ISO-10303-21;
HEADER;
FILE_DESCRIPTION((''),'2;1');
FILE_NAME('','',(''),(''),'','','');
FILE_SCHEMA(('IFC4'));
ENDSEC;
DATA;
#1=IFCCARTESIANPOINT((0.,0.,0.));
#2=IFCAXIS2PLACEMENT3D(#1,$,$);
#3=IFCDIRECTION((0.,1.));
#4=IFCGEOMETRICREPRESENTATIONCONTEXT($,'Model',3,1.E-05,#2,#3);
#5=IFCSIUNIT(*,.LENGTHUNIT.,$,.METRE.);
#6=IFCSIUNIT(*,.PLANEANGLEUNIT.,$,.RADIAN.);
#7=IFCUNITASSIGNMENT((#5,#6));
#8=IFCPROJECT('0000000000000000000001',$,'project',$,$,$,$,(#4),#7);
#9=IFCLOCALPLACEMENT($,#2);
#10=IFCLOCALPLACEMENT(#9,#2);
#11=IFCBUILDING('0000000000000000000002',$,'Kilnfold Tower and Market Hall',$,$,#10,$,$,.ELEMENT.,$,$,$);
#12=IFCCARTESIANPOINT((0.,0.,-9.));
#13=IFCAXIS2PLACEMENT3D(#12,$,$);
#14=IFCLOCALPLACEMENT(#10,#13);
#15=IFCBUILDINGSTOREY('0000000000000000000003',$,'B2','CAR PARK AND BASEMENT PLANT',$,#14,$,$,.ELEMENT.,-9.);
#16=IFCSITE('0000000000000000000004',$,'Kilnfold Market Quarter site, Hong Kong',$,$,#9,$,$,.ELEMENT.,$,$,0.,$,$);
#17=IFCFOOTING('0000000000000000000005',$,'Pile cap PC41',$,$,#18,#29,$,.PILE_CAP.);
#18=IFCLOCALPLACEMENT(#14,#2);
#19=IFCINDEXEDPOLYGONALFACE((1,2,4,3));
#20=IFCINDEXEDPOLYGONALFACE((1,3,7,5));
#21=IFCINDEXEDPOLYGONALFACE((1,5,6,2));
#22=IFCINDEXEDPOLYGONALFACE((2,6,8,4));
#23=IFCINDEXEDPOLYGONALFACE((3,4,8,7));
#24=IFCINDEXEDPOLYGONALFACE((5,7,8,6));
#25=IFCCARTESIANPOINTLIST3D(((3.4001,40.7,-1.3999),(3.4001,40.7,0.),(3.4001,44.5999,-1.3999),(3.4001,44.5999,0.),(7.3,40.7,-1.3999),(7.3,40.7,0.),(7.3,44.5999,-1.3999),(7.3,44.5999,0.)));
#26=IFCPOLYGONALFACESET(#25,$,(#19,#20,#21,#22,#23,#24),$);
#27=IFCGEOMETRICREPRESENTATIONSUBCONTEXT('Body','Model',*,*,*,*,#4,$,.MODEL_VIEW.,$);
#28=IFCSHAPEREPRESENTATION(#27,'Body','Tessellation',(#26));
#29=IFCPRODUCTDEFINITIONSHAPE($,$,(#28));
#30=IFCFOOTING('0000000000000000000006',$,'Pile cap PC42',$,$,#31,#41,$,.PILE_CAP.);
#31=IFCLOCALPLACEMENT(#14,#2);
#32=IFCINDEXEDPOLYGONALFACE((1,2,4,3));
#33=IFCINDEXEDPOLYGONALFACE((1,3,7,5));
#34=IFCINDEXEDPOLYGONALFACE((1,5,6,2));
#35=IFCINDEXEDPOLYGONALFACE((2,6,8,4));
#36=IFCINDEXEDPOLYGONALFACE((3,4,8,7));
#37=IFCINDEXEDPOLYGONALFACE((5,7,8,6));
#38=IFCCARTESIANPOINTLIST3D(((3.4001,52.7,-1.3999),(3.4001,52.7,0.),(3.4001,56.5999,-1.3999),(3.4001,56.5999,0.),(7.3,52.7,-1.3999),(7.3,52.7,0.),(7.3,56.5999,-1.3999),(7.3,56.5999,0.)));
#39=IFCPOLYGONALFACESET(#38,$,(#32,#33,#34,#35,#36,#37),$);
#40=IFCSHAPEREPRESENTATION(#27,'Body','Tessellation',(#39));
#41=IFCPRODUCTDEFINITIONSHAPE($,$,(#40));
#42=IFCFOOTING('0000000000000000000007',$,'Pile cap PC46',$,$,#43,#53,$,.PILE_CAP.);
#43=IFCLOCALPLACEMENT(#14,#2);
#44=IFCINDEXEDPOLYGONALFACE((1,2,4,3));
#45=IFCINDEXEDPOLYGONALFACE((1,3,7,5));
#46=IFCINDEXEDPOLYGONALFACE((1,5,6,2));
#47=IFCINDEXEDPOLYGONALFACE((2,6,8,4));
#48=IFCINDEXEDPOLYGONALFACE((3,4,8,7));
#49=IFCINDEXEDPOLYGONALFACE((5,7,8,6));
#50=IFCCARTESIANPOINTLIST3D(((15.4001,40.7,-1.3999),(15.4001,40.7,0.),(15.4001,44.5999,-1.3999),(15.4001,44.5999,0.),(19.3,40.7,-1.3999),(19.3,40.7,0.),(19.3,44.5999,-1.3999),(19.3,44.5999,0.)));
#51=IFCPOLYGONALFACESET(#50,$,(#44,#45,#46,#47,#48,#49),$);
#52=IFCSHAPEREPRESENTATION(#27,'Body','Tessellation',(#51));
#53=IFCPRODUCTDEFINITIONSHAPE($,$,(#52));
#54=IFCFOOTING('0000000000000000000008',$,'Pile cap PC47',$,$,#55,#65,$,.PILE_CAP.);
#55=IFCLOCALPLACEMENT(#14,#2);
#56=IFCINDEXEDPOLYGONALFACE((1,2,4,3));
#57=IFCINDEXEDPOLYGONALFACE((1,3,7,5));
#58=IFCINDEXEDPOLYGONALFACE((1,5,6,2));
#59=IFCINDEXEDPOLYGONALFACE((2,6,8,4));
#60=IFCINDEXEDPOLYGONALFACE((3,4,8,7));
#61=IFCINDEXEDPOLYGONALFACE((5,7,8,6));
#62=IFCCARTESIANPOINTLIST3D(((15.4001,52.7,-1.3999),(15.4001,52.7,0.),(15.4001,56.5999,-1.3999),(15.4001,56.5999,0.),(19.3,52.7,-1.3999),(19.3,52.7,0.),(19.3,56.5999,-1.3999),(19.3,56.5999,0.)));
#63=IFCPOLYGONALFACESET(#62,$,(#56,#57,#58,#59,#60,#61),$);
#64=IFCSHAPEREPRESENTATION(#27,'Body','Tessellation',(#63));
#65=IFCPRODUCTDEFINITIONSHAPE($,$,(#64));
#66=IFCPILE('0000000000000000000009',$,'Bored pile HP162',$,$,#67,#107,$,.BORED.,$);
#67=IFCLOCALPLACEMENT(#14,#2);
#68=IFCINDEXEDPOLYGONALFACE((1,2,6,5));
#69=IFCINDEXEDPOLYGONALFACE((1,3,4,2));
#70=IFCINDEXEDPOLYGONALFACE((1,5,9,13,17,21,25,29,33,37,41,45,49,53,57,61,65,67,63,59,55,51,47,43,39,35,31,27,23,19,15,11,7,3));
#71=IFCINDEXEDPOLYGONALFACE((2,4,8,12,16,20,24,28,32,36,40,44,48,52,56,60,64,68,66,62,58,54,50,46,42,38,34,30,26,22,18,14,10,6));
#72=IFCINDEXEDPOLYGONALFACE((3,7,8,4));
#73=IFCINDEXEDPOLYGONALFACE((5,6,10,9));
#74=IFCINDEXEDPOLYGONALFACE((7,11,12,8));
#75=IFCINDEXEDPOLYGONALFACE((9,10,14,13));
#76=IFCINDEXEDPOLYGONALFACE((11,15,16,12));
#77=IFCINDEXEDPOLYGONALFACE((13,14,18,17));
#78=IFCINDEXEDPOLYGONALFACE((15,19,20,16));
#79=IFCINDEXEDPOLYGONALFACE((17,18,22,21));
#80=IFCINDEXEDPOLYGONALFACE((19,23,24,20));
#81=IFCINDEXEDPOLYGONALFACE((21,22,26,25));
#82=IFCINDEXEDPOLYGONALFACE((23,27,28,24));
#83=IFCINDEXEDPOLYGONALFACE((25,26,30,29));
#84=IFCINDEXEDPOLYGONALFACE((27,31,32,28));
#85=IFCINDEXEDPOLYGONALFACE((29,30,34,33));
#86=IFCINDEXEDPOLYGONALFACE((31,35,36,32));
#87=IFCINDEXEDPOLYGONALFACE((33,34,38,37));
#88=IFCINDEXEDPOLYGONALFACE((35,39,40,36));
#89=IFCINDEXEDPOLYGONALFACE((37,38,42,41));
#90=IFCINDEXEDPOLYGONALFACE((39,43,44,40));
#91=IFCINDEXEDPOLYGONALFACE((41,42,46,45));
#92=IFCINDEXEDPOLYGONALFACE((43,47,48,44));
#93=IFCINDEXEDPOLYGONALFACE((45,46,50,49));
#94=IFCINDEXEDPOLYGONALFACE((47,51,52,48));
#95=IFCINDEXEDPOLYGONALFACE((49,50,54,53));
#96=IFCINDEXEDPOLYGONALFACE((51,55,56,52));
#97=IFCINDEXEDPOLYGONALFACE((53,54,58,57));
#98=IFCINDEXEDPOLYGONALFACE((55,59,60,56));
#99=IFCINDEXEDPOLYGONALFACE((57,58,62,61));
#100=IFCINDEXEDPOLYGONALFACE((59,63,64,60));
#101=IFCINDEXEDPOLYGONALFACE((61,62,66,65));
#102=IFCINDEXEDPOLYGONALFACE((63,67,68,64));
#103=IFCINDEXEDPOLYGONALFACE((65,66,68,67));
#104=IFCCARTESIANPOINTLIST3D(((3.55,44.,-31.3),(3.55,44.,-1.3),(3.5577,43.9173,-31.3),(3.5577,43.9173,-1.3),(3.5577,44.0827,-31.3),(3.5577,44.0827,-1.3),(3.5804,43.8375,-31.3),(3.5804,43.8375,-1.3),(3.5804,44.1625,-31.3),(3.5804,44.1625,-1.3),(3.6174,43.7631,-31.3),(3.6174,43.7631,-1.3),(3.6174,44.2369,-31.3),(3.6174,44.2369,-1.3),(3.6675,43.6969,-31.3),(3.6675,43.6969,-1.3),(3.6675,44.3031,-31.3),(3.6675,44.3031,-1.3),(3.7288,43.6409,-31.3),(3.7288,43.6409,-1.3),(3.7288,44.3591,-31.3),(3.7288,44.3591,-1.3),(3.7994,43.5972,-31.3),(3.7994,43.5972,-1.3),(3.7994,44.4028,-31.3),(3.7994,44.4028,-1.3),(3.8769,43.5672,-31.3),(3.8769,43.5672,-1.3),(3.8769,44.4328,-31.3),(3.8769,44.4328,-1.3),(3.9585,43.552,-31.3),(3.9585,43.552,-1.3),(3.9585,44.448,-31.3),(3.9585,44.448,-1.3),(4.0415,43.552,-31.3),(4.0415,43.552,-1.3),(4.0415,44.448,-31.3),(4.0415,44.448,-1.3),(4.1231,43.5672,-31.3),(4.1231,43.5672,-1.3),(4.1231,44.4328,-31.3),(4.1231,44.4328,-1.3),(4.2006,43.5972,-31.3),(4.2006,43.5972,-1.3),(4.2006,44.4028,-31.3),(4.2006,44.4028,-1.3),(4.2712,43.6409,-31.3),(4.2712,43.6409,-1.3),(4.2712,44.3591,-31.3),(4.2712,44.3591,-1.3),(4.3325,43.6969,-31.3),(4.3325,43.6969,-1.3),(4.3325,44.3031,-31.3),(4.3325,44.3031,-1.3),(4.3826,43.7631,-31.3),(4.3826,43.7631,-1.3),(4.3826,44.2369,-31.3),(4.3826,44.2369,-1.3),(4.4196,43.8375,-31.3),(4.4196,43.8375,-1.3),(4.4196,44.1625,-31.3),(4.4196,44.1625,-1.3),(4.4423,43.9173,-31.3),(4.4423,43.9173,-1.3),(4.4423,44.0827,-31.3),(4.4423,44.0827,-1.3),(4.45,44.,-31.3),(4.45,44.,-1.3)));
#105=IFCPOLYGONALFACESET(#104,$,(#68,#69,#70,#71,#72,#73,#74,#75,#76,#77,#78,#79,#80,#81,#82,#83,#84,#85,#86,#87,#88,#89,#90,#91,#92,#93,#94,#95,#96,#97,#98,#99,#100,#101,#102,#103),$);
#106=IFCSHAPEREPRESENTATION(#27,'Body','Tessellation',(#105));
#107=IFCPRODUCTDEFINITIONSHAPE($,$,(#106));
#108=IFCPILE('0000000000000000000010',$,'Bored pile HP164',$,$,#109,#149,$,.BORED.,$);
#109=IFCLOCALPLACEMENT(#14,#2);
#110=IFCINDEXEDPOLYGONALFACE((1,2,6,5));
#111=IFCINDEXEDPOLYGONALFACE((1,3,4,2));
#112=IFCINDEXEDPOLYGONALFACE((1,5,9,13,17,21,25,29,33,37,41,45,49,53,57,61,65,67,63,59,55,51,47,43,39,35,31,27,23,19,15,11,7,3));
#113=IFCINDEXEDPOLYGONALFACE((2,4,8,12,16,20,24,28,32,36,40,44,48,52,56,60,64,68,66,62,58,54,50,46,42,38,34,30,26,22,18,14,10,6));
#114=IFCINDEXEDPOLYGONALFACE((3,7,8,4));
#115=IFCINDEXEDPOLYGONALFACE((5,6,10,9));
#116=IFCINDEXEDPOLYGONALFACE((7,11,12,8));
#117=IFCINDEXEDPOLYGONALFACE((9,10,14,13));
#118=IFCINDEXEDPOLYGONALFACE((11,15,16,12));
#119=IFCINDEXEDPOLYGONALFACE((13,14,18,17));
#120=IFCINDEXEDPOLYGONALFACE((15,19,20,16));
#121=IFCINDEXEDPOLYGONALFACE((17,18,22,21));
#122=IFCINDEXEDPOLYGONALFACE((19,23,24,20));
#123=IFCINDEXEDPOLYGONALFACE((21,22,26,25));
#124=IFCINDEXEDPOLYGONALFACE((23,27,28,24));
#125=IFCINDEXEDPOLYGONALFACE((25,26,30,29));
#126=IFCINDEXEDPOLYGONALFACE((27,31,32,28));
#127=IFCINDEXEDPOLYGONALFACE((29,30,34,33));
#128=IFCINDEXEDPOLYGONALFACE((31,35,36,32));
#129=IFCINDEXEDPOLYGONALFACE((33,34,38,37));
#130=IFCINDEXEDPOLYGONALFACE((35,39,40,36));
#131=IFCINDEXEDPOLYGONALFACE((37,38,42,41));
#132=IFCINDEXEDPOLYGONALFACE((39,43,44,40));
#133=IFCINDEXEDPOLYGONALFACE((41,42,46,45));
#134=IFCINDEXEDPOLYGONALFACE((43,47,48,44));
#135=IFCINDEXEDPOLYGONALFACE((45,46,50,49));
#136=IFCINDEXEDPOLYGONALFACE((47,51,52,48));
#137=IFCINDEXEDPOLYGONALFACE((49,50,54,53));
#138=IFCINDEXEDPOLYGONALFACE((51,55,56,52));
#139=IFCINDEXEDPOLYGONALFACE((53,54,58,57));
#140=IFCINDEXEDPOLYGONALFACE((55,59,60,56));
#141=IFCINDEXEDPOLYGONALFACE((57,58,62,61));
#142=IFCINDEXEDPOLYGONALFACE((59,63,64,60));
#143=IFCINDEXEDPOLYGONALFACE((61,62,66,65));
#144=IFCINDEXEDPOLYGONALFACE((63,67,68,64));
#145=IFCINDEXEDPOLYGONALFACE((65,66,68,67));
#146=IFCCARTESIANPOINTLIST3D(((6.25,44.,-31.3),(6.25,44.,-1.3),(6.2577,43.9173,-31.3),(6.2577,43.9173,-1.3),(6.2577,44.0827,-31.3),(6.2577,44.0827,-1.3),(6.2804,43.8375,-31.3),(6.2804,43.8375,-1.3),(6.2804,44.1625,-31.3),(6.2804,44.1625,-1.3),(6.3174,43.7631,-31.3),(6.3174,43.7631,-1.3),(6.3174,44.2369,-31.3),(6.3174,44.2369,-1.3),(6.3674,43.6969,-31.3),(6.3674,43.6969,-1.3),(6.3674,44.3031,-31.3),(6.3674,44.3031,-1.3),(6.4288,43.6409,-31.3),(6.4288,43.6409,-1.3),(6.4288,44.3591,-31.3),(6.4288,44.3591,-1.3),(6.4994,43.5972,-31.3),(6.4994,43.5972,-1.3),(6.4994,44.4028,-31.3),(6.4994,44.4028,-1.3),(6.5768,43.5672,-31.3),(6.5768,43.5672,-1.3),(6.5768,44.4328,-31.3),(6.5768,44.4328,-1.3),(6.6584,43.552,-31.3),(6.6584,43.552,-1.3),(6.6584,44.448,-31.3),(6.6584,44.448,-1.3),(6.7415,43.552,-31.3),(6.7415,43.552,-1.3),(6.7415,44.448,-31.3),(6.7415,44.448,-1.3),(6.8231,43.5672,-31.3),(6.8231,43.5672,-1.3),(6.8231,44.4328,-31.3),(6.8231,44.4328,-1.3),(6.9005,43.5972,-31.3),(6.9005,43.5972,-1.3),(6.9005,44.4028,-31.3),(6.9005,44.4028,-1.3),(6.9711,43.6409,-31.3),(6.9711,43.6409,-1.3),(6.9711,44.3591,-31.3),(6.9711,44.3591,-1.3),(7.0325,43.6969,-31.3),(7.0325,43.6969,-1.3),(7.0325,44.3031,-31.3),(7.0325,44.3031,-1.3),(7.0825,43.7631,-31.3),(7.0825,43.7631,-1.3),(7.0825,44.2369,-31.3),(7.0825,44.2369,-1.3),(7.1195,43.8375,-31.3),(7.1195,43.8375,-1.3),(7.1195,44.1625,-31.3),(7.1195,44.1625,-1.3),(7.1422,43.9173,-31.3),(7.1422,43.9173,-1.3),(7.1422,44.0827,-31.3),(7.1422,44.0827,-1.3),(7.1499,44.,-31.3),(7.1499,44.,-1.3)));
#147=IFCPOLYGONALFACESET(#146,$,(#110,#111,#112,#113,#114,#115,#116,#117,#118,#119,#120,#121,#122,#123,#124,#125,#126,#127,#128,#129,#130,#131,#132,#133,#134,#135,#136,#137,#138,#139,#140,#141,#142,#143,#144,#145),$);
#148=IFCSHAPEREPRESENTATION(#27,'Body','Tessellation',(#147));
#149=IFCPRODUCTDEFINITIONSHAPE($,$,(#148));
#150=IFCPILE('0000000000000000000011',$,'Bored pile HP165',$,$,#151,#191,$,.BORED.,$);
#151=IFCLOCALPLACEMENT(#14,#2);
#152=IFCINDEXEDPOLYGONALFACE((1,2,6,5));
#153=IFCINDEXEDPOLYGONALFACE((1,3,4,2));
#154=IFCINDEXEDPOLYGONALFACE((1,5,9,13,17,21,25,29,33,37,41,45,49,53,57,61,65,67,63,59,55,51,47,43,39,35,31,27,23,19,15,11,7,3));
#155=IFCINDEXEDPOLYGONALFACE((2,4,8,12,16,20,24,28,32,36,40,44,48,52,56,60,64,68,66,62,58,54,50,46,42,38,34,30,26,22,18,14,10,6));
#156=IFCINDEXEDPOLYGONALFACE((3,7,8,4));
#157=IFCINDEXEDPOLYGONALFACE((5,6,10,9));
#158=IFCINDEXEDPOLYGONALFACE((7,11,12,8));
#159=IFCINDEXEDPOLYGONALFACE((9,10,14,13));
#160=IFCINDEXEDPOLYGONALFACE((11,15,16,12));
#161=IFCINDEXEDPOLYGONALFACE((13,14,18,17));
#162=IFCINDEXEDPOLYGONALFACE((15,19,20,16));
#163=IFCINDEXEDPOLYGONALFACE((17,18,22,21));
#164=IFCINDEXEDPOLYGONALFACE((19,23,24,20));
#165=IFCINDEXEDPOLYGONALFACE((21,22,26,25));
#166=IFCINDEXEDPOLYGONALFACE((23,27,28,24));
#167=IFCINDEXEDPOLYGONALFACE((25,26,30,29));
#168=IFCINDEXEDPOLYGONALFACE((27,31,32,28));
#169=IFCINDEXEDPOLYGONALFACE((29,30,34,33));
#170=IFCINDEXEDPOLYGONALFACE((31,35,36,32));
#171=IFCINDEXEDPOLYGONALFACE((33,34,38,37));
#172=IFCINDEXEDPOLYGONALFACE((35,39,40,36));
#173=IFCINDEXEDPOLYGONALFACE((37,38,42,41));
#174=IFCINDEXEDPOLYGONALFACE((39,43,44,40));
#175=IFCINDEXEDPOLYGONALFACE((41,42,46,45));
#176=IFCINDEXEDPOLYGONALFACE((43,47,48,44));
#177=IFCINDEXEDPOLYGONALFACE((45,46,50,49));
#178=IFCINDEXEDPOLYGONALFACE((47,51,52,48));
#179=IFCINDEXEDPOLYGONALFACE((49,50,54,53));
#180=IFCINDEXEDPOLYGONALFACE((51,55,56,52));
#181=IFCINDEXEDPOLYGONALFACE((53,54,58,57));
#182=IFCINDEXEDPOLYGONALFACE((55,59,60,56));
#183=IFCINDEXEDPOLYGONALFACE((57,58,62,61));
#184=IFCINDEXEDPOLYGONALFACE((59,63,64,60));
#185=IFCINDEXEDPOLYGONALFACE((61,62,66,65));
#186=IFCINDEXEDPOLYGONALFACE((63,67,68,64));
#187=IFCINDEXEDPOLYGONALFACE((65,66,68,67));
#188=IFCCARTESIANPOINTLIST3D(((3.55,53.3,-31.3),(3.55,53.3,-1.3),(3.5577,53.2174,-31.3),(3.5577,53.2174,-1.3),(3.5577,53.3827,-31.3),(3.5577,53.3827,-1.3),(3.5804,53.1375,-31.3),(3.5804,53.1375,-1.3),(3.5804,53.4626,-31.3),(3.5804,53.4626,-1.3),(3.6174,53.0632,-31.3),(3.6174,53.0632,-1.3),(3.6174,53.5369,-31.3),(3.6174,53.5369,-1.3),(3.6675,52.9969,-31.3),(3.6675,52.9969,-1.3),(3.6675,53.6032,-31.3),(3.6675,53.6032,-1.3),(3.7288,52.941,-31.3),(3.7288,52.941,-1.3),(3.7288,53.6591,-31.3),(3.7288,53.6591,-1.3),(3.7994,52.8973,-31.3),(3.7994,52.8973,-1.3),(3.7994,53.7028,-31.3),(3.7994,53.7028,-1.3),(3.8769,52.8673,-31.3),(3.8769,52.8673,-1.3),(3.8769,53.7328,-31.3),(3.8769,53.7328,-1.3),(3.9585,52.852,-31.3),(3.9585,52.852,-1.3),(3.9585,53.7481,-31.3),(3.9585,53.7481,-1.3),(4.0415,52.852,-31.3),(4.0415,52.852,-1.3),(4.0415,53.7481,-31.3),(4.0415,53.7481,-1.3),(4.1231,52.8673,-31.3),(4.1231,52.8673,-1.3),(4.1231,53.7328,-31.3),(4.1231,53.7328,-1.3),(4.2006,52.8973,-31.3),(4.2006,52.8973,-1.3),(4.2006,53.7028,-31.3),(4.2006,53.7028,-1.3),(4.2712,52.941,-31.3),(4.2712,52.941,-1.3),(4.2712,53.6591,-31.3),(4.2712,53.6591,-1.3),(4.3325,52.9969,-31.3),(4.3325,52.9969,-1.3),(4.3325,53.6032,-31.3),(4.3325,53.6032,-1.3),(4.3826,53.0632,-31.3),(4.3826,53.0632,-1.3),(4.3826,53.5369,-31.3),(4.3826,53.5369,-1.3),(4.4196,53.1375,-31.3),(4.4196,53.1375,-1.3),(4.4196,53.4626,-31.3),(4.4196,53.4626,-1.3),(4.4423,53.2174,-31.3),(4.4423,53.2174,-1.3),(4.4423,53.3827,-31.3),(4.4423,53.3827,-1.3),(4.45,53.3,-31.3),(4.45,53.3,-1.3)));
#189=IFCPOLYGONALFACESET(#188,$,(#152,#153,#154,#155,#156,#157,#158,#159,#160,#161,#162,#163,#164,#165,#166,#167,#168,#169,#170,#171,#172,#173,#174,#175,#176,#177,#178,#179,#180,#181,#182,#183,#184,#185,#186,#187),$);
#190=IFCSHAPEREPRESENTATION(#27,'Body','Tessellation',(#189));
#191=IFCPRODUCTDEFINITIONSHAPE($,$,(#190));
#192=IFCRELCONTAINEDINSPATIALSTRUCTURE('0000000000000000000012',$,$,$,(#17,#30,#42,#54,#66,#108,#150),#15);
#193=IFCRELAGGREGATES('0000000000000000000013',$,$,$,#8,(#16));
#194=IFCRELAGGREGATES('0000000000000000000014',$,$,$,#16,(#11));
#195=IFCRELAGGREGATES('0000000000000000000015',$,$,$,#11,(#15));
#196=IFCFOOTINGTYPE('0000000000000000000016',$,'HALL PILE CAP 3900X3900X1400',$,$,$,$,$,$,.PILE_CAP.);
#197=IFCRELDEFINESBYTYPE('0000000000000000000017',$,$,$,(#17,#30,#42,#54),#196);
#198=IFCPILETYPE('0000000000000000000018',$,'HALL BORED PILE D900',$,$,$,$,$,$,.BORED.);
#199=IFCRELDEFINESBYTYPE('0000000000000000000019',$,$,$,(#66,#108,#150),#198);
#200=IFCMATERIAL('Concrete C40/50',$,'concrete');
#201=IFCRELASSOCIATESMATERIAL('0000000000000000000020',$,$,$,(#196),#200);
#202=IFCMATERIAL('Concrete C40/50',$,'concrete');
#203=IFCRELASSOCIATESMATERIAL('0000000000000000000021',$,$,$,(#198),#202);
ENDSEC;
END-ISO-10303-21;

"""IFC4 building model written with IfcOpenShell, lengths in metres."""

from ifc_helpers import new_model, si_unit, direction, frame, origin, origin_2d, place, context, subcontext, project, spatial, rectangle, circle, extrude, source, transform, mapped, material, material_profile, profile_set, type_object, element, save


model = new_model("IFC4")

# Units and contexts
model_context = context("Model", 3, precision=1e-05, world=origin(), true_north=direction((0.0, 1.0)))
body_context = subcontext(model_context, "Body", "Model", "MODEL_VIEW")
ifc_project = project(units=[si_unit("LENGTHUNIT", "METRE"), si_unit("PLANEANGLEUNIT", "RADIAN")], contexts=[model_context])

# Site, building, storey
site_placement = place(None, origin())
site = spatial("IfcSite", under=ifc_project, at=site_placement, Name="Kilnfold Market Quarter site, Hong Kong", CompositionType="ELEMENT", RefElevation=0.0)
building_placement = place(site_placement, origin())
building = spatial("IfcBuilding", under=site, at=building_placement, Name="Kilnfold Tower and Market Hall", CompositionType="ELEMENT")
storey_placement = place(building_placement, frame((0.0, 0.0, -9.0)))
storey = spatial("IfcBuildingStorey", under=building, at=storey_placement, Name="B2", Description="CAR PARK AND BASEMENT PLANT", CompositionType="ELEMENT", Elevation=-9.0)

# Footings
ifc_material_1 = material(Name="Concrete C40/50", Category="concrete")
footing_type = type_object("IfcFootingType", Name="HALL PILE CAP 3900X3900X1400", PredefinedType="PILE_CAP", material=ifc_material_1)
shared_shape_1 = source(origin(), body_context, "Body", "SweptSolid", [
    extrude(rectangle(XDim=3.8999, YDim=3.8999, at=origin_2d()), origin(), (0.0, 0.0, 1.0), 1.3999),
])
for number, where, z_axis, x_axis, name in (
    (1, (5.3501, 42.6499, -1.3999), (0.0, 0.0, 1.0), (1.0, 0.0, 0.0), "Pile cap PC41"),
    (2, (5.3501, 54.6499, -1.3999), (0.0, 0.0, 1.0), (1.0, 0.0, 0.0), "Pile cap PC42"),
    (3, (17.3501, 42.6499, -1.3999), (0.0, 0.0, 1.0), (1.0, 0.0, 0.0), "Pile cap PC46"),
    (4, (17.3501, 54.6499, -1.3999), (0.0, 0.0, 1.0), (1.0, 0.0, 0.0), "Pile cap PC47"),
):
    element("IfcFooting", number, at=place(storey_placement, frame(where, z_axis=z_axis, x_axis=x_axis)), inside=storey, type_object=footing_type, Name=name, PredefinedType="PILE_CAP", context=body_context, shape_type="MappedRepresentation", body=[
        mapped(shared_shape_1, transform((0.0, 0.0, 0.0))),
    ])

# Piles
ifc_material_2 = material(Name="Concrete C40/50", Category="concrete")
ifc_material_profile_1 = material_profile(ifc_material_2, circle(Radius=0.45, at=origin_2d()), Name="D900")
ifc_profile_set_1 = profile_set([ifc_material_profile_1], Name="Concrete C40/50")
pile_type = type_object("IfcPileType", Name="HALL BORED PILE D900", PredefinedType="BORED", material=ifc_profile_set_1)
shared_shape_2 = source(origin(), body_context, "Body", "SweptSolid", [
    extrude(circle(Radius=0.45, at=origin_2d()), origin(), (0.0, 0.0, 1.0), 30.0),
])
for number, where, z_axis, x_axis, name in (
    (5, (4.0, 44.0, -1.3), (0.0, 0.0, -1.0), (1.0, 0.0, 0.0), "Bored pile HP162"),
    (6, (6.7, 44.0, -1.3), (0.0, 0.0, -1.0), (1.0, 0.0, 0.0), "Bored pile HP164"),
    (7, (4.0, 53.3, -1.3), (0.0, 0.0, -1.0), (1.0, 0.0, 0.0), "Bored pile HP165"),
):
    element("IfcPile", number, at=place(storey_placement, frame(where, z_axis=z_axis, x_axis=x_axis)), inside=storey, type_object=pile_type, Name=name, PredefinedType="BORED", context=body_context, shape_type="MappedRepresentation", body=[
        mapped(shared_shape_2, transform((0.0, 0.0, 0.0))),
    ])

save(model, "model.ifc")
